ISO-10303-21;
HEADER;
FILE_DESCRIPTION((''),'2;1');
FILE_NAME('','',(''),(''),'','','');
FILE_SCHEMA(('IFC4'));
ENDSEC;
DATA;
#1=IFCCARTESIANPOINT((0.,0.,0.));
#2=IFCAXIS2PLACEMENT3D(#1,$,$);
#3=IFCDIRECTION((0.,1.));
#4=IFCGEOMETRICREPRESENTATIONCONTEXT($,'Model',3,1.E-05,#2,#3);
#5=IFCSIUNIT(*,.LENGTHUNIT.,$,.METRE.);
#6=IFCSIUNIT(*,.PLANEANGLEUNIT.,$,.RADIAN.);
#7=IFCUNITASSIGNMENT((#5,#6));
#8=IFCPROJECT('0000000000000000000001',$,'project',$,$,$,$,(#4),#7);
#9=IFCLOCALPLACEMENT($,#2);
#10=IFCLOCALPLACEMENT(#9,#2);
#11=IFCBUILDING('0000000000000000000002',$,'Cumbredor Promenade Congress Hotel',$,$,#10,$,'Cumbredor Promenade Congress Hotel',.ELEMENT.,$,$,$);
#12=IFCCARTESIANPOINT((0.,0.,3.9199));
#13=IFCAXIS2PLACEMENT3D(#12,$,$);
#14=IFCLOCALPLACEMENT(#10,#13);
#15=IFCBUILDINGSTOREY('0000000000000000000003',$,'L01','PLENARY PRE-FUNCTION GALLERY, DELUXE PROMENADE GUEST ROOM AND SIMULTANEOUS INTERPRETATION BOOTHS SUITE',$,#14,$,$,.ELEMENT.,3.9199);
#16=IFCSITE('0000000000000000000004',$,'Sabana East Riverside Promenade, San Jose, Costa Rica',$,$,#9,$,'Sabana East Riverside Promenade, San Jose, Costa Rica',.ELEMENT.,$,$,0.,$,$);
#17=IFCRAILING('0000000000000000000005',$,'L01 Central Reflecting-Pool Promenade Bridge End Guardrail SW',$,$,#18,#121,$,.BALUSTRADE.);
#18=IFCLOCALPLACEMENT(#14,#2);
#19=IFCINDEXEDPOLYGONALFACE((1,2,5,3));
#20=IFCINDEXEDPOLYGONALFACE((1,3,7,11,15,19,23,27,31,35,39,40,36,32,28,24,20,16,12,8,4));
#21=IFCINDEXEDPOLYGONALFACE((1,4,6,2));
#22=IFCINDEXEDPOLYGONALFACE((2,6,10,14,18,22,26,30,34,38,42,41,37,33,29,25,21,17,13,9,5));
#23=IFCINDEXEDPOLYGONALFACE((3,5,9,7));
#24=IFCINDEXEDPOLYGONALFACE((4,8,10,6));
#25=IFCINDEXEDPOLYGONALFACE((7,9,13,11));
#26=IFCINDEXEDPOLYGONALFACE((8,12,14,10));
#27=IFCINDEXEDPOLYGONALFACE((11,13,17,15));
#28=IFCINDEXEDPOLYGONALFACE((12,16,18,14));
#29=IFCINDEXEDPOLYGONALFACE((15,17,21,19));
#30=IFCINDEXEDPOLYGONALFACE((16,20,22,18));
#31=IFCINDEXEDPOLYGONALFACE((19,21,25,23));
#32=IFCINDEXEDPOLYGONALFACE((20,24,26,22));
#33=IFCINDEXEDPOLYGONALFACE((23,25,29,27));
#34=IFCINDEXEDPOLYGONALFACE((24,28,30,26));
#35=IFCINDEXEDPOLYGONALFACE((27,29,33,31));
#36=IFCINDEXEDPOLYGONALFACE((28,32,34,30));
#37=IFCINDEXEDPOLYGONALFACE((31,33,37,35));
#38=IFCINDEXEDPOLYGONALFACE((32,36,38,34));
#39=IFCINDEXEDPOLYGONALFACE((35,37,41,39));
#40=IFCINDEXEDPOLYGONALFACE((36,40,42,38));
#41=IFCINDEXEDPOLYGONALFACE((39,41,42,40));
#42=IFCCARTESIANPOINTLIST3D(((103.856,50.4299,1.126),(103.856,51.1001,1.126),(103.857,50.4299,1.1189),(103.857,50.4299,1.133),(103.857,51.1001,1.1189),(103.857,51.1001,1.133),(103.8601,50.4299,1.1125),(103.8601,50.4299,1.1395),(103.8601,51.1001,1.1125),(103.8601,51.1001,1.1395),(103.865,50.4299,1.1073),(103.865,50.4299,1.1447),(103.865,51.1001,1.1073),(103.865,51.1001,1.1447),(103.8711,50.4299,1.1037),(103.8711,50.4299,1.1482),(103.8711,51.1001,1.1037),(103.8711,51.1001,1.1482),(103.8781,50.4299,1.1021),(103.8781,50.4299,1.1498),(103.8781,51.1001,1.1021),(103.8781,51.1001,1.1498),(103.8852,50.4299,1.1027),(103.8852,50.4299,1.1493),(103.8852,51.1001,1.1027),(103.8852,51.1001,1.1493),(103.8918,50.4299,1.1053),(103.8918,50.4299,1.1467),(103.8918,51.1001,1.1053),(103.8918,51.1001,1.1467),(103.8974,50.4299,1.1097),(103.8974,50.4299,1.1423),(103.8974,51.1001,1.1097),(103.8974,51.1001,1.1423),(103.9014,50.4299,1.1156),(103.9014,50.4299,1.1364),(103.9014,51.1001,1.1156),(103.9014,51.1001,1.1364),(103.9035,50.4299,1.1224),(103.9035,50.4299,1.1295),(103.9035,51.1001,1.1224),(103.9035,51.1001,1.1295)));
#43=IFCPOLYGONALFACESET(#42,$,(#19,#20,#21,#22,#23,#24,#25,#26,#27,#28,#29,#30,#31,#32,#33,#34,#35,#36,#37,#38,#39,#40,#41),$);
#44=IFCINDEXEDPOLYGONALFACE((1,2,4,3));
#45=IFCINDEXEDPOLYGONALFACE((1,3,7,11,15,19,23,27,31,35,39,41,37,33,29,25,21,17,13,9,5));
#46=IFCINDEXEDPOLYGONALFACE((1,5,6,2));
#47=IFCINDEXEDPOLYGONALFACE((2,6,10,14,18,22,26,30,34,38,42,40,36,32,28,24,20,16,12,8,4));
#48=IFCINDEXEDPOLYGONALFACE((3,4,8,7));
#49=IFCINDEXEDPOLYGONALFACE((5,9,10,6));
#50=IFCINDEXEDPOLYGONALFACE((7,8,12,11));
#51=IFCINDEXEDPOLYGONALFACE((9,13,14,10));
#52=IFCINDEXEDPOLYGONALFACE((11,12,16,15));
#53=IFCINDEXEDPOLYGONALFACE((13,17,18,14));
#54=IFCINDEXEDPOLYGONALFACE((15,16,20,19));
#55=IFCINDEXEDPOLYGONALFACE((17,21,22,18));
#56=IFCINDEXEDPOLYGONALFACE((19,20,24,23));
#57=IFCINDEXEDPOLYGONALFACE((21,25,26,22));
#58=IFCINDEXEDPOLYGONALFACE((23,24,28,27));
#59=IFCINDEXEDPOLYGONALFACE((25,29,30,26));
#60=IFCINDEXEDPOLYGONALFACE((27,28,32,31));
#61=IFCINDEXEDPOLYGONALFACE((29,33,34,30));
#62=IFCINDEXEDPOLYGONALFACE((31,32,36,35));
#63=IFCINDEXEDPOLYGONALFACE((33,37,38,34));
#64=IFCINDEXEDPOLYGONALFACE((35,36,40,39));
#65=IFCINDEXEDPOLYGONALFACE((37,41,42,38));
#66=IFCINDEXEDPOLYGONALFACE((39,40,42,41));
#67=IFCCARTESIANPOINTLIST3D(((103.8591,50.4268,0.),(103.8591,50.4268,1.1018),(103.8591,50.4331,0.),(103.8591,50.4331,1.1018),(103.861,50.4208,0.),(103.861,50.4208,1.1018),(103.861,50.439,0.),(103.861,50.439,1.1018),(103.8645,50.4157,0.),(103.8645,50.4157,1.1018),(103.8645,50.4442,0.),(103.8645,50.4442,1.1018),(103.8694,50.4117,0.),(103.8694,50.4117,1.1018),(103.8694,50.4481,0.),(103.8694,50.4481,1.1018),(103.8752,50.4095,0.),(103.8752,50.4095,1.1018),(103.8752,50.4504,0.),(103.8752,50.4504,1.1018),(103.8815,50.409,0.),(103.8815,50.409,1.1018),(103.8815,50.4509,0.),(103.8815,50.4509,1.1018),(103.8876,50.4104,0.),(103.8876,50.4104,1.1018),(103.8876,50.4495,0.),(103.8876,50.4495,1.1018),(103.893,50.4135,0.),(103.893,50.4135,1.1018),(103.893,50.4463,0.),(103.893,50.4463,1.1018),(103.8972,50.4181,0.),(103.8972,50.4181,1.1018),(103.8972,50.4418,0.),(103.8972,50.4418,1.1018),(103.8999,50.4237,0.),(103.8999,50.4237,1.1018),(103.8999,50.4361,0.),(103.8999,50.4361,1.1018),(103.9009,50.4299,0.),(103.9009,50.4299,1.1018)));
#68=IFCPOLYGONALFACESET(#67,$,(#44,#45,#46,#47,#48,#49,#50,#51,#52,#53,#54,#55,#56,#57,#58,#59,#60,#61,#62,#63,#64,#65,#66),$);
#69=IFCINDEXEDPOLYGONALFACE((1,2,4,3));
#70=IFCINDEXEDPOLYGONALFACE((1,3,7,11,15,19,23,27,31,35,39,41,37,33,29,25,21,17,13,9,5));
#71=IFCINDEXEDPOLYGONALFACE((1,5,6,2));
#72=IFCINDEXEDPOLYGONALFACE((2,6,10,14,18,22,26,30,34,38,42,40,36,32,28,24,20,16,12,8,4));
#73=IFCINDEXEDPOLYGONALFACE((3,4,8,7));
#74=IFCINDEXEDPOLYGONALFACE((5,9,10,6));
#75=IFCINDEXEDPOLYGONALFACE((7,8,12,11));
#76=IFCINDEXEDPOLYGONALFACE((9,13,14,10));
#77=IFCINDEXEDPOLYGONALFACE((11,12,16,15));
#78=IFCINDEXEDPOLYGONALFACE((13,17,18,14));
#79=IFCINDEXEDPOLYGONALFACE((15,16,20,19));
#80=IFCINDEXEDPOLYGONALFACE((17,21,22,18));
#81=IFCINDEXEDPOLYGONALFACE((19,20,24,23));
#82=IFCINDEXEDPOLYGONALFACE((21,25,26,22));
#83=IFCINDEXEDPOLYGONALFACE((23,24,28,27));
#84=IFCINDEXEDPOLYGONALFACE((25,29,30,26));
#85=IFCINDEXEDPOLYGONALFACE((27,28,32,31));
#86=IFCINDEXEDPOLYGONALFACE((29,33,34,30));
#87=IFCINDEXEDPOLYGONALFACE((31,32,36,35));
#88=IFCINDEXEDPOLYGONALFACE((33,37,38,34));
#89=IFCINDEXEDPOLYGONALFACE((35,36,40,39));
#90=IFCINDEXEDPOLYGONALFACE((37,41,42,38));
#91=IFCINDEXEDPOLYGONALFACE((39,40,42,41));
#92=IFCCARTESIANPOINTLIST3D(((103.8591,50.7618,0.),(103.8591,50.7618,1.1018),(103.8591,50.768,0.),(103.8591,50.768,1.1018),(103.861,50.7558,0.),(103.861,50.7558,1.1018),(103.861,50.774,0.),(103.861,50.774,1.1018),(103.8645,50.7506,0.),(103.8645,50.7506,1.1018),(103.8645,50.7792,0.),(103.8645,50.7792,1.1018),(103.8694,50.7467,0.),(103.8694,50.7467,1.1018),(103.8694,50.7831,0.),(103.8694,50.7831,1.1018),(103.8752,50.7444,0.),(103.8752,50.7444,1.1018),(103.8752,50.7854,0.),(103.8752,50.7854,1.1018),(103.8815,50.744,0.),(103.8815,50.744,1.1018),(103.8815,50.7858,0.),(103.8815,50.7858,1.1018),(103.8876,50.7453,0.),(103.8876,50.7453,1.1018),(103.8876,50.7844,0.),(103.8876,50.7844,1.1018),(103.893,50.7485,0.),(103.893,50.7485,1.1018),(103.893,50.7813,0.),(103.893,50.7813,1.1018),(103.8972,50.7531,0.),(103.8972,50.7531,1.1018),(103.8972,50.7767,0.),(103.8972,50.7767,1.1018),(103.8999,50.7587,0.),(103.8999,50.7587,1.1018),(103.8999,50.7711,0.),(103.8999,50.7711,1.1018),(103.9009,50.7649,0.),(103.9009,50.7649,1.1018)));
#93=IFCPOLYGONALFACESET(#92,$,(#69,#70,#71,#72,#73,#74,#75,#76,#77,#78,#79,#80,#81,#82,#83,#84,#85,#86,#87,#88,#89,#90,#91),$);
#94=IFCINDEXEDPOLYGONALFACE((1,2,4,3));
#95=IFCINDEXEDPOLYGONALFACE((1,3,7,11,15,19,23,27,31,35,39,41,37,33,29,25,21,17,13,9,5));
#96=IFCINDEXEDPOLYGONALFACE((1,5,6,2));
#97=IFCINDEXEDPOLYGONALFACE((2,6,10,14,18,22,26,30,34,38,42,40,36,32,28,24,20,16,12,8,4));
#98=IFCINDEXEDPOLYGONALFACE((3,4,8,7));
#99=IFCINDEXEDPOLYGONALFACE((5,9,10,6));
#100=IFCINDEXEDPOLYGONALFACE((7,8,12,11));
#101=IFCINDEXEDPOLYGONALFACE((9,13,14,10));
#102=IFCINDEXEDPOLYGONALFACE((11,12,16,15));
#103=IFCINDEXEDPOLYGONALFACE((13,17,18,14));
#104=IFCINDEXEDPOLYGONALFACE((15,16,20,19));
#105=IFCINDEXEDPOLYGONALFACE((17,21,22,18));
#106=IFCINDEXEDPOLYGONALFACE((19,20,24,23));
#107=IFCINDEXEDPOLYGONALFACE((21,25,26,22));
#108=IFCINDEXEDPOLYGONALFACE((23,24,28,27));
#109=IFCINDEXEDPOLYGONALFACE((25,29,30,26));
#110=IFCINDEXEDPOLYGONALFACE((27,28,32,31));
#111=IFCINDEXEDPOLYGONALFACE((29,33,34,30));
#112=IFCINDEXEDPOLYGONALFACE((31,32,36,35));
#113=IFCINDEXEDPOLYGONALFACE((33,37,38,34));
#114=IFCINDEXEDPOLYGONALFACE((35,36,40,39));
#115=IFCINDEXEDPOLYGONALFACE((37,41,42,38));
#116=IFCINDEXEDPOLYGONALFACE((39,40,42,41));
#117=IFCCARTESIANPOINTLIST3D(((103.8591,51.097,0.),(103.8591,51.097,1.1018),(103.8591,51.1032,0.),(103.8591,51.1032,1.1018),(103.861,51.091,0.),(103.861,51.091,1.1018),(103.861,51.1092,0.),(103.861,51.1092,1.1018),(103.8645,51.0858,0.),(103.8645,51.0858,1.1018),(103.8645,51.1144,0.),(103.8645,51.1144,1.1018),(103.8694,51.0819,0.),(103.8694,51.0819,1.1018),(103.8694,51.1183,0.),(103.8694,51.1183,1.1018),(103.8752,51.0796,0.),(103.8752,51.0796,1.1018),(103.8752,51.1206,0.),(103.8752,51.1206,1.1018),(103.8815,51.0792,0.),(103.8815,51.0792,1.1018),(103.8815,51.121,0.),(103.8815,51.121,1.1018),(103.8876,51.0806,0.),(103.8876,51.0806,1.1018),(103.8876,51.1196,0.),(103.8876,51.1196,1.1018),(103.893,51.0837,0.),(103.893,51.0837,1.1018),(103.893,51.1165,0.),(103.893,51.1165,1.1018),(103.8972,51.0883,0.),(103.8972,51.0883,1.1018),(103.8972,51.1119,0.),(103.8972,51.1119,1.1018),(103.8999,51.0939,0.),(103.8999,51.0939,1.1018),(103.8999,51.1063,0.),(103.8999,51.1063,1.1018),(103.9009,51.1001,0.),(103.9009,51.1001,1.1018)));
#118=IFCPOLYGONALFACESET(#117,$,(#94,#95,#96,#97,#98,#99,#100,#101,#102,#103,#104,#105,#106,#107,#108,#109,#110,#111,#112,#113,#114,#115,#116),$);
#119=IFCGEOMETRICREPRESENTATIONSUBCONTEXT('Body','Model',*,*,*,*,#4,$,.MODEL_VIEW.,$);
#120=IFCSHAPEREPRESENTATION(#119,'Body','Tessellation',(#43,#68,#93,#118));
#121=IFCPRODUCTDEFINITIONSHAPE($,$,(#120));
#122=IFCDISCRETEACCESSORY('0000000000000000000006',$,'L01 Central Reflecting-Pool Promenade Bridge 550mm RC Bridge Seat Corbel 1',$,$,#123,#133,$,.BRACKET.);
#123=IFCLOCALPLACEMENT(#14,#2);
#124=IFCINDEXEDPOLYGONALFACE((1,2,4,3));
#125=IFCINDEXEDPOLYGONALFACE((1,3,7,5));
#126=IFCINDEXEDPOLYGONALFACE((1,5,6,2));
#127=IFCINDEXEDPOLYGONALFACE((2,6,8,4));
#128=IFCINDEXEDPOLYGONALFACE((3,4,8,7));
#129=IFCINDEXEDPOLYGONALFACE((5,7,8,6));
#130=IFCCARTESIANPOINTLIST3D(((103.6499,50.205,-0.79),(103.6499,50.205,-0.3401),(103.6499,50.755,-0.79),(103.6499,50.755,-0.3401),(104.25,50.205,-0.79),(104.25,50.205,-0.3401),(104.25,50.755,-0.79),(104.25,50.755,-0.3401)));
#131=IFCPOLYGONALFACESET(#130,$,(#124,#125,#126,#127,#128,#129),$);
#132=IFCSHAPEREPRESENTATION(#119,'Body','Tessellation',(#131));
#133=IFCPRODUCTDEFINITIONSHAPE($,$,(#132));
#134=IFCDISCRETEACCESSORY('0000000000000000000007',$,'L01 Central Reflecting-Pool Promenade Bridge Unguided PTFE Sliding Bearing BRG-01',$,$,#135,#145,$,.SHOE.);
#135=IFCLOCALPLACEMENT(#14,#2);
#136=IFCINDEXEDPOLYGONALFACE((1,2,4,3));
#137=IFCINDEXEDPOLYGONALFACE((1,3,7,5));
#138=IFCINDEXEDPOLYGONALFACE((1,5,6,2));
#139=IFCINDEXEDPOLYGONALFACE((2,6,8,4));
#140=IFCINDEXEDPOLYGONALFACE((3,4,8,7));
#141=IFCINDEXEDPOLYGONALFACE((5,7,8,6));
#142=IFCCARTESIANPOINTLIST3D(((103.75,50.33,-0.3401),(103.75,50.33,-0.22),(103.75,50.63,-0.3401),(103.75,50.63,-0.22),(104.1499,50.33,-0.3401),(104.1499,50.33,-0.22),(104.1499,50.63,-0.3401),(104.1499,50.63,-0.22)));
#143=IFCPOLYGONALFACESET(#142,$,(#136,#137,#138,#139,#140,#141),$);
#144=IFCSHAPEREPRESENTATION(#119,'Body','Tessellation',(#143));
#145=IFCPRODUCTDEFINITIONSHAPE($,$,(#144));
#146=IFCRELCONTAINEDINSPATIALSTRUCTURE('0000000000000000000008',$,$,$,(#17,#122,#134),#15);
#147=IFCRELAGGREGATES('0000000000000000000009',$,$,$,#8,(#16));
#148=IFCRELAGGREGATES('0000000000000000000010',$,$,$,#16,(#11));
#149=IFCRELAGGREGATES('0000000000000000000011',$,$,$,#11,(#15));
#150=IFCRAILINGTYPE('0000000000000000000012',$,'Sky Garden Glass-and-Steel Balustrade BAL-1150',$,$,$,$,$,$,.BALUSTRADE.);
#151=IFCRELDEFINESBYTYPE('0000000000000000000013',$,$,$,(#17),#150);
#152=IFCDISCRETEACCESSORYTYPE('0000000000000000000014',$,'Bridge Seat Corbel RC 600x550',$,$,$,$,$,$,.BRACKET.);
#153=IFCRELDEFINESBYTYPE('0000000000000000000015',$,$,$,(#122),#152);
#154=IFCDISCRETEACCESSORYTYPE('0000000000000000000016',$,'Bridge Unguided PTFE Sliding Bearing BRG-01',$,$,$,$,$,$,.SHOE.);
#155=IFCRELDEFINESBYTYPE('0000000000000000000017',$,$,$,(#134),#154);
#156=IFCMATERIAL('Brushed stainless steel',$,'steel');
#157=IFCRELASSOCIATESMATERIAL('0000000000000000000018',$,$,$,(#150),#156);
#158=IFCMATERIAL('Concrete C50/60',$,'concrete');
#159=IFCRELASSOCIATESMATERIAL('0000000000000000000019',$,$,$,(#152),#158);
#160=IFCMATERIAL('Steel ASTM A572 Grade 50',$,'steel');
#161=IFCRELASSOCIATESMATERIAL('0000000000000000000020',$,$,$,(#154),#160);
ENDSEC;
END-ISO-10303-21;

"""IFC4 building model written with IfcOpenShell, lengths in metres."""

from ifc_helpers import new_model, si_unit, direction, frame, origin, origin_2d, place, context, subcontext, project, spatial, rectangle, circle, extrude, material, type_object, element, save


model = new_model("IFC4")

# Units and contexts
model_context = context("Model", 3, precision=1e-05, world=origin(), true_north=direction((0.0, 1.0)))
body_context = subcontext(model_context, "Body", "Model", "MODEL_VIEW")
ifc_project = project(units=[si_unit("LENGTHUNIT", "METRE"), si_unit("PLANEANGLEUNIT", "RADIAN")], contexts=[model_context])

# Site, building, storey
site_placement = place(None, origin())
site = spatial("IfcSite", under=ifc_project, at=site_placement, Name="Sabana East Riverside Promenade, San Jose, Costa Rica", LongName="Sabana East Riverside Promenade, San Jose, Costa Rica", CompositionType="ELEMENT", RefElevation=0.0)
building_placement = place(site_placement, origin())
building = spatial("IfcBuilding", under=site, at=building_placement, Name="Cumbredor Promenade Congress Hotel", LongName="Cumbredor Promenade Congress Hotel", CompositionType="ELEMENT")
storey_placement = place(building_placement, frame((0.0, 0.0, 3.9199)))
storey = spatial("IfcBuildingStorey", under=building, at=storey_placement, Name="L01", Description="PLENARY PRE-FUNCTION GALLERY, DELUXE PROMENADE GUEST ROOM AND SIMULTANEOUS INTERPRETATION BOOTHS SUITE", CompositionType="ELEMENT", Elevation=3.9199)

# Shared definitions
ifc_material_1 = material(Name="Steel ASTM A572 Grade 50", Category="steel")

# Railing
ifc_material_2 = material(Name="Brushed stainless steel", Category="steel")
railing_type_1 = type_object("IfcRailingType", Name="Sky Garden Glass-and-Steel Balustrade BAL-1150", PredefinedType="BALUSTRADE", material=ifc_material_2)
railing_1_placement = place(storey_placement, frame((103.8799, 50.4299, 0.0)))
element("IfcRailing", 1, at=railing_1_placement, inside=storey, type_object=railing_type_1, Name="L01 Central Reflecting-Pool Promenade Bridge End Guardrail SW", PredefinedType="BALUSTRADE", context=body_context, shape_type="SweptSolid", body=[
    extrude(circle(Radius=0.0239, at=origin_2d()), frame((0.0, 0.0, 1.126), z_axis=(0.0, 1.0, 0.0), x_axis=(-1.0, 0.0, 0.0)), (0.0, 0.0, 1.0), 0.6702),
    extrude(circle(Radius=0.021, at=origin_2d()), origin(), (0.0, 0.0, 1.0), 1.1018),
    extrude(circle(Radius=0.021, at=origin_2d()), frame((0.0, 0.335, 0.0)), (0.0, 0.0, 1.0), 1.1018),
    extrude(circle(Radius=0.021, at=origin_2d()), frame((0.0, 0.6702, 0.0)), (0.0, 0.0, 1.0), 1.1018),
])

# Discrete accessories
ifc_material_3 = material(Name="Concrete C50/60", Category="concrete")
discrete_accessory_type_1 = type_object("IfcDiscreteAccessoryType", Name="Bridge Seat Corbel RC 600x550", PredefinedType="BRACKET", material=ifc_material_3)
discrete_accessory_1_placement = place(storey_placement, frame((103.95, 50.48, -0.79), z_axis=(0.0, 0.0, 1.0), x_axis=(0.0, 1.0, 0.0)))
element("IfcDiscreteAccessory", 2, at=discrete_accessory_1_placement, inside=storey, type_object=discrete_accessory_type_1, Name="L01 Central Reflecting-Pool Promenade Bridge 550mm RC Bridge Seat Corbel 1", PredefinedType="BRACKET", context=body_context, shape_type="SweptSolid", body=[
    extrude(rectangle(XDim=0.55, YDim=0.6001, at=origin_2d()), origin(), (0.0, 0.0, 1.0), 0.45),
])
discrete_accessory_type_2 = type_object("IfcDiscreteAccessoryType", Name="Bridge Unguided PTFE Sliding Bearing BRG-01", PredefinedType="SHOE", material=ifc_material_1)
discrete_accessory_2_placement = place(storey_placement, frame((103.95, 50.48, -0.3401), z_axis=(0.0, 0.0, 1.0), x_axis=(0.0, 1.0, 0.0)))
element("IfcDiscreteAccessory", 3, at=discrete_accessory_2_placement, inside=storey, type_object=discrete_accessory_type_2, Name="L01 Central Reflecting-Pool Promenade Bridge Unguided PTFE Sliding Bearing BRG-01", PredefinedType="SHOE", context=body_context, shape_type="SweptSolid", body=[
    extrude(rectangle(XDim=0.3, YDim=0.3999, at=origin_2d()), origin(), (0.0, 0.0, 1.0), 0.1201),
])

save(model, "model.ifc")
